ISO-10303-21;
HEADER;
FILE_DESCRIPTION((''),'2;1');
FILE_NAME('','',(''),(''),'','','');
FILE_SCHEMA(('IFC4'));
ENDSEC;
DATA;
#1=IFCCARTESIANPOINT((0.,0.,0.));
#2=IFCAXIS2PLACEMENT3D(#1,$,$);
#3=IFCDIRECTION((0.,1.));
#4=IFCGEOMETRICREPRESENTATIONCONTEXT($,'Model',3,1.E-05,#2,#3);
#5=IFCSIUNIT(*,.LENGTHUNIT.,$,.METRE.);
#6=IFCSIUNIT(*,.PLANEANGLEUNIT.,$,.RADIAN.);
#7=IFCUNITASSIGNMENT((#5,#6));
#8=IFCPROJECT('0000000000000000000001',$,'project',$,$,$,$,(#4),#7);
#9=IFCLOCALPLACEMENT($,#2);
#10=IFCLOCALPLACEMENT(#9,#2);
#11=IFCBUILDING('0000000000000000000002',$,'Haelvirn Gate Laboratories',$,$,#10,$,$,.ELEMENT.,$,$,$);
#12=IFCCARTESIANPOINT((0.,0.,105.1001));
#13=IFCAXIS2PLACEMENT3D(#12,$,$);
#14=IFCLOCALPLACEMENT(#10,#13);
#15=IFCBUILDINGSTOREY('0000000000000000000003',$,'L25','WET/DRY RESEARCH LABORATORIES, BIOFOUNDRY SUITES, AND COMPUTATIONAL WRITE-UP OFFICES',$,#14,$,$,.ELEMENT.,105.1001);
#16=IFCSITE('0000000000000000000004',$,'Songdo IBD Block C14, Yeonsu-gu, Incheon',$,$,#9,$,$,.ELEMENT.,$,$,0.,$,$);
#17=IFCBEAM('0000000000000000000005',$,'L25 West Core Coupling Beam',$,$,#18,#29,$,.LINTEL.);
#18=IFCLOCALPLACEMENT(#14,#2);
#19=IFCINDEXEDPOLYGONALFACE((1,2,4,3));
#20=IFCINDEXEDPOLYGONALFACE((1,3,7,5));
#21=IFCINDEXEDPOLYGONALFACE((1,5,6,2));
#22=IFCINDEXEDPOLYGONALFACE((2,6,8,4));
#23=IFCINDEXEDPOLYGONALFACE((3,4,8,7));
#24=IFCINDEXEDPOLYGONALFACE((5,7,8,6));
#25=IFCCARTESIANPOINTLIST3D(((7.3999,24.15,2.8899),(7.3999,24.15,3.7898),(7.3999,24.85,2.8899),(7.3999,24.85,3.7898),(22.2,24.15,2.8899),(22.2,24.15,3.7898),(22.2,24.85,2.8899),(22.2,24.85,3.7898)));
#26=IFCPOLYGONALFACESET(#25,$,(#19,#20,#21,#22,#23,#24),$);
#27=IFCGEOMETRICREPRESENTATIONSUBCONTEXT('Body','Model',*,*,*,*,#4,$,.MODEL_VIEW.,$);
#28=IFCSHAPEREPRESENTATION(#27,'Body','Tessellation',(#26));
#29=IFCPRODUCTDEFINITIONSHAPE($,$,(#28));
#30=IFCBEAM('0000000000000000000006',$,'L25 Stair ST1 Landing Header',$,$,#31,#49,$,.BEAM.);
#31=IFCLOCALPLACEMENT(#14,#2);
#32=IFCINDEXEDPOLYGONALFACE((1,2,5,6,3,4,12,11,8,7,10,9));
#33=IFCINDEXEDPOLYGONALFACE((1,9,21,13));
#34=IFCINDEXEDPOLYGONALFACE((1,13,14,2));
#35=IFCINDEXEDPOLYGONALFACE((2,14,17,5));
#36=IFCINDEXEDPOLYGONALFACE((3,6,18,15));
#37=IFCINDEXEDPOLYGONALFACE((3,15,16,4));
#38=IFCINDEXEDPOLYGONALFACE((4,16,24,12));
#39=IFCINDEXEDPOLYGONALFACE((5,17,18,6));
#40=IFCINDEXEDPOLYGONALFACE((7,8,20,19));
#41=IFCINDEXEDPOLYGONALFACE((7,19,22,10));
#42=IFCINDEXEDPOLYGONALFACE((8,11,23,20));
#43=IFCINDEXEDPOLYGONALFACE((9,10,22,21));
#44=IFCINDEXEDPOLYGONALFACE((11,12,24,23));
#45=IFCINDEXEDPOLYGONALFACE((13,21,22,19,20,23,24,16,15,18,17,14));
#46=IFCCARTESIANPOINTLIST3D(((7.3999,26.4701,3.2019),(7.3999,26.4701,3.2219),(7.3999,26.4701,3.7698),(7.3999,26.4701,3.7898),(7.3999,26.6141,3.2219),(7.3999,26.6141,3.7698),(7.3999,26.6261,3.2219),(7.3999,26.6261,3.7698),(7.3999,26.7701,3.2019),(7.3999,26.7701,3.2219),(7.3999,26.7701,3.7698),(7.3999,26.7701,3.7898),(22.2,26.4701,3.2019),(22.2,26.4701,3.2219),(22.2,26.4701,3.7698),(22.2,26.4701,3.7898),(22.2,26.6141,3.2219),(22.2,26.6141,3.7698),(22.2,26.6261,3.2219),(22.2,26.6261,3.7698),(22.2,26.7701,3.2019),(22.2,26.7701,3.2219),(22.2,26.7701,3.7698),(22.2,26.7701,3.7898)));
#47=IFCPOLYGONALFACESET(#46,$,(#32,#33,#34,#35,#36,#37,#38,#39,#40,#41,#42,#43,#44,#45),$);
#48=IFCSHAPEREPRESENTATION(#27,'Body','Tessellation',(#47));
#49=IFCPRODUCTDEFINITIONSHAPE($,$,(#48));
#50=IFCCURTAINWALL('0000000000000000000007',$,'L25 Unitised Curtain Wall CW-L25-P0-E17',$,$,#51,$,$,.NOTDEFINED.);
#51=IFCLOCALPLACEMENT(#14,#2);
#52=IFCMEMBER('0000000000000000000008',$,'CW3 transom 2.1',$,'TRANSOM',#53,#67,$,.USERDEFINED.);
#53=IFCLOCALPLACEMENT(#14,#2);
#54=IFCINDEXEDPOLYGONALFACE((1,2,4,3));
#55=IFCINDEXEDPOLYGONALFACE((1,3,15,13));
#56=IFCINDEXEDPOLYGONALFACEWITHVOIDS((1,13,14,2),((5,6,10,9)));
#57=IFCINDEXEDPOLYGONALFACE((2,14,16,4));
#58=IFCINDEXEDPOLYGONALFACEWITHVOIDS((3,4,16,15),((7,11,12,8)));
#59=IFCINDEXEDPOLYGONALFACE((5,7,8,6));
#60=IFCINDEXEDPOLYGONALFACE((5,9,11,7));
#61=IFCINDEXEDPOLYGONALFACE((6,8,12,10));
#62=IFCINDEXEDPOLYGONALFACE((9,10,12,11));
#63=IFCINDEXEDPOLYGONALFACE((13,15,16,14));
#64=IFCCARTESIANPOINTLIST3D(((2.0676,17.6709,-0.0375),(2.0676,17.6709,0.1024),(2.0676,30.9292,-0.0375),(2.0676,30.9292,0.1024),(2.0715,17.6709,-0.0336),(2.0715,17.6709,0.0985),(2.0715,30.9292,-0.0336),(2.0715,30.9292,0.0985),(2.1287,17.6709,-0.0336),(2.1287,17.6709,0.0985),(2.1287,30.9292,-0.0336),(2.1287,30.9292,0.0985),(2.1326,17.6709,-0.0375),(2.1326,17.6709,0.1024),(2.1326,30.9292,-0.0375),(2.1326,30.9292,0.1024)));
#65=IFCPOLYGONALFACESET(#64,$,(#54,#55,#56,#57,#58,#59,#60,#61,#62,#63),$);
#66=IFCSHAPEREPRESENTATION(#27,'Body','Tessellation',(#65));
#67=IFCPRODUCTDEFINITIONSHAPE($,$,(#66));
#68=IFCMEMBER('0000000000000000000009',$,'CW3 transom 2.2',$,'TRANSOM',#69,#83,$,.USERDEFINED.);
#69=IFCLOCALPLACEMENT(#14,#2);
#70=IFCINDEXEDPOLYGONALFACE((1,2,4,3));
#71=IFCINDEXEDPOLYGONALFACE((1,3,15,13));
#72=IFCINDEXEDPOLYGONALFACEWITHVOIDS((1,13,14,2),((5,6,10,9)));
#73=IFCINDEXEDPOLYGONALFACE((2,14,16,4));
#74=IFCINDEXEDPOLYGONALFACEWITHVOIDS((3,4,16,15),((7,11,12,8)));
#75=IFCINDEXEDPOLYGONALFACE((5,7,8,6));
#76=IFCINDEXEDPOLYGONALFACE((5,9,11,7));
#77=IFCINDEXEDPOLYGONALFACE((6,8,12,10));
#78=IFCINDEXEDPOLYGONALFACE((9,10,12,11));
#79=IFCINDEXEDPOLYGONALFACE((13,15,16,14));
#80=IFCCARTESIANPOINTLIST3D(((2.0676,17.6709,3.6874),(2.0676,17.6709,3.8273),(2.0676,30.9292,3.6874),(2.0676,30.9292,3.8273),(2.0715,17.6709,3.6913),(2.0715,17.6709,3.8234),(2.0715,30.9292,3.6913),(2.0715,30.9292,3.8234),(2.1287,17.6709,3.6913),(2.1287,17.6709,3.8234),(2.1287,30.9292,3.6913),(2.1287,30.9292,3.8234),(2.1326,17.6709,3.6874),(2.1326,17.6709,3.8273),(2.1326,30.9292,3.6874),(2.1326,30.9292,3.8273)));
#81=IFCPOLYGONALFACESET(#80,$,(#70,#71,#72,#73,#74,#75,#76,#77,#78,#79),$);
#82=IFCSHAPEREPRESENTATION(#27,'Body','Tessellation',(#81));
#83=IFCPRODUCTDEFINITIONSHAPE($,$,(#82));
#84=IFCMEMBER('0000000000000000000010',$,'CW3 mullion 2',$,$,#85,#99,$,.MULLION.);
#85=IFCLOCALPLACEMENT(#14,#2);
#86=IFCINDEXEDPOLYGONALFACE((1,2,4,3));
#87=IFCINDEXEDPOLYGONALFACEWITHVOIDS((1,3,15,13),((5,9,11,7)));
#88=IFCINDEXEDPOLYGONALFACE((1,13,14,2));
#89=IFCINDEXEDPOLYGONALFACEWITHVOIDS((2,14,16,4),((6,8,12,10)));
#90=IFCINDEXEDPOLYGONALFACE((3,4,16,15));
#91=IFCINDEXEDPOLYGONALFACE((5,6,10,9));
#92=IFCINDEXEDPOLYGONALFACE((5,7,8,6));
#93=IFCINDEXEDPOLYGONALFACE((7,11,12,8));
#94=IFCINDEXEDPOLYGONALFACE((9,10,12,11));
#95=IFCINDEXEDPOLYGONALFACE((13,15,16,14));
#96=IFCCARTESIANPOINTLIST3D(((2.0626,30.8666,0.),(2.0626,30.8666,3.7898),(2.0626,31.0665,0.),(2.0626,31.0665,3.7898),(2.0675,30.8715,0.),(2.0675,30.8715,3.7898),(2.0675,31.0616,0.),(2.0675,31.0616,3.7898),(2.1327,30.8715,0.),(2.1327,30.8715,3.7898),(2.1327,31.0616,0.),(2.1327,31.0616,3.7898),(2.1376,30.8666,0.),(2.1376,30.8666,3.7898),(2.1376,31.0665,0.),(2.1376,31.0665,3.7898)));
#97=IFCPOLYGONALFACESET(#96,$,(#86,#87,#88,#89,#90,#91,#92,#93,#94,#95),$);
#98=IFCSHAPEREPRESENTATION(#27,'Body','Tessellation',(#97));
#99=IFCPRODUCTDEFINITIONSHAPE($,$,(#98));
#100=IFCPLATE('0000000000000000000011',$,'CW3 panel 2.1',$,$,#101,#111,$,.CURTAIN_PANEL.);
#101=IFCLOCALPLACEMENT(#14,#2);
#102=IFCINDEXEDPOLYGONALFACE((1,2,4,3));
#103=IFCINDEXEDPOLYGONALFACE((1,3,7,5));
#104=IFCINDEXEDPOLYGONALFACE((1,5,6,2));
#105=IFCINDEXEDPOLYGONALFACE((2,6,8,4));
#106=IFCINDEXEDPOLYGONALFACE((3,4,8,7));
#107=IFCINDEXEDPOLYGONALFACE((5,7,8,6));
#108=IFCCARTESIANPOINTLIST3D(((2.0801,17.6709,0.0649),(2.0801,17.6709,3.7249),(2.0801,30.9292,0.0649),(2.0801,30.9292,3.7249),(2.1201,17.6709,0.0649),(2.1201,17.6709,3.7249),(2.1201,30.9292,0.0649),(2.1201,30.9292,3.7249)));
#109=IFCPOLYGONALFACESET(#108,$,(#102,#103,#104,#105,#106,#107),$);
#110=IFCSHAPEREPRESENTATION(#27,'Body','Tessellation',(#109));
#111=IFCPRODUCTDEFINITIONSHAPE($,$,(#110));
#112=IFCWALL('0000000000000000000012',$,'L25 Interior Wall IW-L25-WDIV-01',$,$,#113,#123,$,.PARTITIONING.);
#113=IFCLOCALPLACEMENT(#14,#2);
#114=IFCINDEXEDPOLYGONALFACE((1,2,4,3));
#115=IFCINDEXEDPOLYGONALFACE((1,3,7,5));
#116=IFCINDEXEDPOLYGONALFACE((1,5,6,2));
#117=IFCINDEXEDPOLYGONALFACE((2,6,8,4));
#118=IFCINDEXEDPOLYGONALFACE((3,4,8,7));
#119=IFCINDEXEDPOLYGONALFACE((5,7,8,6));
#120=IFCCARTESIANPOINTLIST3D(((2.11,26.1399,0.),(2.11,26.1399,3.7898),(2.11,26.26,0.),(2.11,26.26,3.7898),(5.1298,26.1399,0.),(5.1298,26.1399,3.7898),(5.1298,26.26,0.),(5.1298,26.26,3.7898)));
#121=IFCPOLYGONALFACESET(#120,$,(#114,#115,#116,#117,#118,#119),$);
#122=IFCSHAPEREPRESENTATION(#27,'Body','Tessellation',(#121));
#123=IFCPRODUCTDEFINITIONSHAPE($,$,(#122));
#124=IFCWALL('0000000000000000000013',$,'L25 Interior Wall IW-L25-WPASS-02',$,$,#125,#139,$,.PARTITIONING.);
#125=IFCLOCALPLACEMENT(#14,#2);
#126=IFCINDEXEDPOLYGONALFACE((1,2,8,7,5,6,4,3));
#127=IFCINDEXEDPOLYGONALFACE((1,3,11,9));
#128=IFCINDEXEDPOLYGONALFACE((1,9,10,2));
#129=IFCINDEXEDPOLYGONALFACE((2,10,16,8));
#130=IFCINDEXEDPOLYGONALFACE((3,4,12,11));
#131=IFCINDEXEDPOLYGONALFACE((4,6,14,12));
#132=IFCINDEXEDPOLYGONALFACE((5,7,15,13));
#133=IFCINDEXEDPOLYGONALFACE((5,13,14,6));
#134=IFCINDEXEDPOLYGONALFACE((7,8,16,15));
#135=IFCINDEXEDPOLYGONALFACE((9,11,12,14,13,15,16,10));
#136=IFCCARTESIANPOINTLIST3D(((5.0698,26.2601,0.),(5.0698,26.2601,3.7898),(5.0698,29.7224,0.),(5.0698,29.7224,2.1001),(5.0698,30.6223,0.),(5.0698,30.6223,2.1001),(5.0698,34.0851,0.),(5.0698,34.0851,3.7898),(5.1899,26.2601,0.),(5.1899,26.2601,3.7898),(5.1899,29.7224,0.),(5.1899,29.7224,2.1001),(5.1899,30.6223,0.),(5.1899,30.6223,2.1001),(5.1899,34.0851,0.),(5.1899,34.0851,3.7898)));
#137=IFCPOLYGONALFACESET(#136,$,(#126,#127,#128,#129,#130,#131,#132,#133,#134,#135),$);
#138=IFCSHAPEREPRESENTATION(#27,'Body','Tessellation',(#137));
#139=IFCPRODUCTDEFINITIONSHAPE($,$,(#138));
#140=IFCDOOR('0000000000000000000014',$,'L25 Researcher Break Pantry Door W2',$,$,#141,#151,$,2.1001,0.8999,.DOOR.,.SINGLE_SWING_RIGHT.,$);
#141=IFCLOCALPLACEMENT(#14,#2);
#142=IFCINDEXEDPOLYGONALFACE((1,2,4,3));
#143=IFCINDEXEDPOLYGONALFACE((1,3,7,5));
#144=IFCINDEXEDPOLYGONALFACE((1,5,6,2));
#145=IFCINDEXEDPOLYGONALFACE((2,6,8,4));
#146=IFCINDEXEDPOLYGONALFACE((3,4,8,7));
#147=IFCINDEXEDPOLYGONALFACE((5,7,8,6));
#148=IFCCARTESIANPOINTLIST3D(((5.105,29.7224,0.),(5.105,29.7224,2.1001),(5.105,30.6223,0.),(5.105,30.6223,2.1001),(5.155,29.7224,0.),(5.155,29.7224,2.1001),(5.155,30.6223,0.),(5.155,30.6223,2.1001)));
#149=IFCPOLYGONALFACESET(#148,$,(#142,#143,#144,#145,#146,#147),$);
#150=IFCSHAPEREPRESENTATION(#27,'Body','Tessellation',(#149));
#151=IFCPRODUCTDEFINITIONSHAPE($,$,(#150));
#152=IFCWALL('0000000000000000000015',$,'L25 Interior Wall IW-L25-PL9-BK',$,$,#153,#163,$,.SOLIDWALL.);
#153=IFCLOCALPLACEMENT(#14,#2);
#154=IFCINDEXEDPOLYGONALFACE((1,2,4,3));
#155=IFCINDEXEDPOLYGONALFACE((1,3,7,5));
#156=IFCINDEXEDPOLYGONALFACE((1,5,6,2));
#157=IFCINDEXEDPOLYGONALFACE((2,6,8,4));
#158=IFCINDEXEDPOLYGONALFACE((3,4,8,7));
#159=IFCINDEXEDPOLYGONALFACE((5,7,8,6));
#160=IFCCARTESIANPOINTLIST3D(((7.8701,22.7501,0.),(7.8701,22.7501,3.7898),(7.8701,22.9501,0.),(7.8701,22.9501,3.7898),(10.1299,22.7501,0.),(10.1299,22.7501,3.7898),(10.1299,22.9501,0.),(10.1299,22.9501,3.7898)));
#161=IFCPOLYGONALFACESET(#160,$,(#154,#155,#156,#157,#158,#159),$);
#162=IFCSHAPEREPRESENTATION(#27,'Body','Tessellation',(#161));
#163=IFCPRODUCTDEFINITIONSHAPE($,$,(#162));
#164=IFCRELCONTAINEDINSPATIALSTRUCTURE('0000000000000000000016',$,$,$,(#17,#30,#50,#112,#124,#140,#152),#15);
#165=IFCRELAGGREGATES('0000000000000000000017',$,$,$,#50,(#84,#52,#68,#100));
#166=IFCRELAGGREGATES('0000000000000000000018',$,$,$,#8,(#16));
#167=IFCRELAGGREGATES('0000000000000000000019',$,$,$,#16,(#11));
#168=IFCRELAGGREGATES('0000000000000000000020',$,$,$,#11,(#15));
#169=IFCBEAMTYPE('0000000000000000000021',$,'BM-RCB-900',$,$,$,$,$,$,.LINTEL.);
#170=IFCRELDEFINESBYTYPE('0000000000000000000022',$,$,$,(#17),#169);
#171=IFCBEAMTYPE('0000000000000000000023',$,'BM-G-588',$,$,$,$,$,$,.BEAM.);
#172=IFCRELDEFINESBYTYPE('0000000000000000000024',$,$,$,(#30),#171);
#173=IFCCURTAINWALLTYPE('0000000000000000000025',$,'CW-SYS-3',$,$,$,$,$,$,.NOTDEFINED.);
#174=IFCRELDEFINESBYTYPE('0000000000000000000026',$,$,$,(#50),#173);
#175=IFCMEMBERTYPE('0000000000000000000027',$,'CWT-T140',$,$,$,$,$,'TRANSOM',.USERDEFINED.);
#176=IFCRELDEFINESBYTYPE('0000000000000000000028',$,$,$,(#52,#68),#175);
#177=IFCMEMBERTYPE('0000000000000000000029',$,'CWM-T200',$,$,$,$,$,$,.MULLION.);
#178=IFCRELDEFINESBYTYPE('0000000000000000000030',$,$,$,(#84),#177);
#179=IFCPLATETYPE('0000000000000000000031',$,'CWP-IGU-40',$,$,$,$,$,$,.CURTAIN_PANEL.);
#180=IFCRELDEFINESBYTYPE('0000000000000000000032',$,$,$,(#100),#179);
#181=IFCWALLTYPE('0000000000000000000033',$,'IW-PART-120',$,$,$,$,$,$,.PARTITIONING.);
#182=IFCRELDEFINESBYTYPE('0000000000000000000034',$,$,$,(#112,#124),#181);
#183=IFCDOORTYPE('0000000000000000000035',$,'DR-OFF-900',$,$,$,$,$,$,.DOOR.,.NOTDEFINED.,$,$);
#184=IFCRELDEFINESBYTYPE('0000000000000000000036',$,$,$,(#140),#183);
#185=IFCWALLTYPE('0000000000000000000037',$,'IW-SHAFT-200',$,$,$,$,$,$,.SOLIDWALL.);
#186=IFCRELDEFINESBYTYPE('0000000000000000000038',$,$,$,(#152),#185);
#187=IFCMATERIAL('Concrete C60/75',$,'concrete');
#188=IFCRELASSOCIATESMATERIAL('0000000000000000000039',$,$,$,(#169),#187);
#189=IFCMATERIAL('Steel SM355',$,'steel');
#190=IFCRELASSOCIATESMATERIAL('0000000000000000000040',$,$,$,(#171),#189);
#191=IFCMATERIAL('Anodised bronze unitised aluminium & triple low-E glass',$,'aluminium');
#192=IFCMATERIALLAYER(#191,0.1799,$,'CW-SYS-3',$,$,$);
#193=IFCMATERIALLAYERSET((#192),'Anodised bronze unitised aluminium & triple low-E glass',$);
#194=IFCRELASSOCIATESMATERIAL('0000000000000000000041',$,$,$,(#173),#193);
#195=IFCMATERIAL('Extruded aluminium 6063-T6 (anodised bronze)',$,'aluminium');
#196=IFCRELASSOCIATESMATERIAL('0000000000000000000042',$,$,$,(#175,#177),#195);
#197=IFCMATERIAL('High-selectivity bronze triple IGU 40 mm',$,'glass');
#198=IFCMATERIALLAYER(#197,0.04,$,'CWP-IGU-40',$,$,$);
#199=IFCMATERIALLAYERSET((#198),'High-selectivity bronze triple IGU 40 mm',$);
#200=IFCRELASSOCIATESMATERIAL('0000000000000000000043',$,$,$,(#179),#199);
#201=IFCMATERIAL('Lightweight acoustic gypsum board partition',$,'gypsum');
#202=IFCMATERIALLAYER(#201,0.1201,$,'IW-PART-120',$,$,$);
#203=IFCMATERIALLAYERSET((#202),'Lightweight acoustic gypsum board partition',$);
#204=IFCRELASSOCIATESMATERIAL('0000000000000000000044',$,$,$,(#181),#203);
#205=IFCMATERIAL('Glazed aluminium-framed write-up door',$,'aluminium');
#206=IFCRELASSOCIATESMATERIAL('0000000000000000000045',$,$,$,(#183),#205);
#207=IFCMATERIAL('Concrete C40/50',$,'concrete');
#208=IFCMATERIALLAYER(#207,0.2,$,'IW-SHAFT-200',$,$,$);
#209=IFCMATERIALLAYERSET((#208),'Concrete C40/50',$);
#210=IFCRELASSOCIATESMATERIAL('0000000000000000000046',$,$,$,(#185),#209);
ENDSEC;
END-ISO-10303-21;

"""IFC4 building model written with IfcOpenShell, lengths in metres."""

from ifc_helpers import new_model, si_unit, direction, frame, frame_2d, origin, origin_2d, place, context, subcontext, project, spatial, rectangle, hollow_rectangle, i_section, extrude, source, transform, mapped, material, layer, layer_set, material_profile, profile_set, type_object, type_shapes, element, fill, aggregate, save


model = new_model("IFC4")

# Units and contexts
model_context = context("Model", 3, precision=1e-05, world=origin(), true_north=direction((0.0, 1.0)))
body_context = subcontext(model_context, "Body", "Model", "MODEL_VIEW")
ifc_project = project(units=[si_unit("LENGTHUNIT", "METRE"), si_unit("PLANEANGLEUNIT", "RADIAN")], contexts=[model_context])

# Site, building, storey
site_placement = place(None, origin())
site = spatial("IfcSite", under=ifc_project, at=site_placement, Name="Songdo IBD Block C14, Yeonsu-gu, Incheon", CompositionType="ELEMENT", RefElevation=0.0)
building_placement = place(site_placement, origin())
building = spatial("IfcBuilding", under=site, at=building_placement, Name="Haelvirn Gate Laboratories", CompositionType="ELEMENT")
storey_placement = place(building_placement, frame((0.0, 0.0, 105.1001)))
storey = spatial("IfcBuildingStorey", under=building, at=storey_placement, Name="L25", Description="WET/DRY RESEARCH LABORATORIES, BIOFOUNDRY SUITES, AND COMPUTATIONAL WRITE-UP OFFICES", CompositionType="ELEMENT", Elevation=105.1001)

# Beams
ifc_material_1 = material(Name="Concrete C60/75", Category="concrete")
ifc_material_profile_1 = material_profile(ifc_material_1, rectangle(XDim=0.7, YDim=0.8999, at=origin_2d()), Name="RCB-700x900")
ifc_profile_set_1 = profile_set([ifc_material_profile_1], Name="Concrete C60/75")
beam_type_1 = type_object("IfcBeamType", Name="BM-RCB-900", PredefinedType="LINTEL", material=ifc_profile_set_1)
shared_shape_1 = source(origin(), body_context, "Body", "SweptSolid", [
    extrude(rectangle(XDim=0.7, YDim=0.8999, at=origin_2d()), origin(), (0.0, 0.0, 1.0), 14.8),
])
type_shapes(beam_type_1, [shared_shape_1])
beam_1_placement = place(storey_placement, frame((7.3999, 24.5, 3.3398), z_axis=(1.0, 0.0, 0.0), x_axis=(0.0, 1.0, 0.0)))
element("IfcBeam", 1, at=beam_1_placement, inside=storey, type_object=beam_type_1, Name="L25 West Core Coupling Beam", PredefinedType="LINTEL", context=body_context, shape_type="MappedRepresentation", body=[
    mapped(shared_shape_1, transform((0.0, 0.0, 0.0), scale=1.0)),
])
ifc_material_2 = material(Name="Steel SM355", Category="steel")
ifc_material_profile_2 = material_profile(ifc_material_2, i_section(OverallWidth=0.3, OverallDepth=0.5879, WebThickness=0.012, FlangeThickness=0.02, at=origin_2d()), Name="H-588x300x12x20")
ifc_profile_set_2 = profile_set([ifc_material_profile_2], Name="Steel SM355")
beam_type_2 = type_object("IfcBeamType", Name="BM-G-588", PredefinedType="BEAM", material=ifc_profile_set_2)
shared_shape_2 = source(origin(), body_context, "Body", "SweptSolid", [
    extrude(i_section(OverallWidth=0.3, OverallDepth=0.5879, WebThickness=0.012, FlangeThickness=0.02, at=origin_2d()), origin(), (0.0, 0.0, 1.0), 14.8),
])
type_shapes(beam_type_2, [shared_shape_2])
beam_2_placement = place(storey_placement, frame((7.3999, 26.6201, 3.4958), z_axis=(1.0, 0.0, 0.0), x_axis=(0.0, 1.0, 0.0)))
element("IfcBeam", 2, at=beam_2_placement, inside=storey, type_object=beam_type_2, Name="L25 Stair ST1 Landing Header", PredefinedType="BEAM", context=body_context, shape_type="MappedRepresentation", body=[
    mapped(shared_shape_2, transform((0.0, 0.0, 0.0), scale=1.0)),
])

# Curtain wall, members, plate
ifc_material_3 = material(Name="Anodised bronze unitised aluminium & triple low-E glass", Category="aluminium")
ifc_layer_1 = layer(ifc_material_3, 0.1799, Name="CW-SYS-3")
ifc_layer_set_1 = layer_set([ifc_layer_1], Name="Anodised bronze unitised aluminium & triple low-E glass")
curtain_wall_type = type_object("IfcCurtainWallType", Name="CW-SYS-3", PredefinedType="NOTDEFINED", material=ifc_layer_set_1)
curtain_wall_placement = place(storey_placement, origin())
curtain_wall = element("IfcCurtainWall", 3, at=curtain_wall_placement, inside=storey, type_object=curtain_wall_type, Name="L25 Unitised Curtain Wall CW-L25-P0-E17", PredefinedType="NOTDEFINED")
ifc_material_4 = material(Name="Extruded aluminium 6063-T6 (anodised bronze)", Category="aluminium")
ifc_material_profile_3 = material_profile(ifc_material_4, hollow_rectangle(XDim=0.0649, YDim=0.1399, WallThickness=0.0039, at=origin_2d()), Name="CWT-140x65x4")
ifc_profile_set_3 = profile_set([ifc_material_profile_3], Name="Extruded aluminium 6063-T6 (anodised bronze)")
member_type_1 = type_object("IfcMemberType", Name="CWT-T140", ElementType="TRANSOM", PredefinedType="USERDEFINED", material=ifc_profile_set_3)
shared_shape_3 = source(origin(), body_context, "Body", "SweptSolid", [
    extrude(hollow_rectangle(XDim=0.0649, YDim=0.1399, WallThickness=0.0039, at=origin_2d()), origin(), (0.0, 0.0, 1.0), 13.2583),
])
type_shapes(member_type_1, [shared_shape_3])
member_1_placement = place(storey_placement, frame((2.1001, 30.9292, 0.0325), z_axis=(0.0, -1.0, 0.0), x_axis=(1.0, 0.0, 0.0)))
member_1 = element("IfcMember", 4, at=member_1_placement, type_object=member_type_1, Name="CW3 transom 2.1", ObjectType="TRANSOM", PredefinedType="USERDEFINED", context=body_context, shape_type="MappedRepresentation", body=[
    mapped(shared_shape_3, transform((0.0, 0.0, 0.0), scale=1.0)),
])
member_2_placement = place(storey_placement, frame((2.1001, 30.9292, 3.7573), z_axis=(0.0, -1.0, 0.0), x_axis=(1.0, 0.0, 0.0)))
member_2 = element("IfcMember", 5, at=member_2_placement, type_object=member_type_1, Name="CW3 transom 2.2", ObjectType="TRANSOM", PredefinedType="USERDEFINED", context=body_context, shape_type="MappedRepresentation", body=[
    mapped(shared_shape_3, transform((0.0, 0.0, 0.0), scale=1.0)),
])
ifc_material_profile_4 = material_profile(ifc_material_4, hollow_rectangle(XDim=0.075, YDim=0.2, WallThickness=0.0049, at=origin_2d()), Name="CWM-200x75x5")
ifc_profile_set_4 = profile_set([ifc_material_profile_4], Name="Extruded aluminium 6063-T6 (anodised bronze)")
member_type_2 = type_object("IfcMemberType", Name="CWM-T200", PredefinedType="MULLION", material=ifc_profile_set_4)
shared_shape_4 = source(origin(), body_context, "Body", "SweptSolid", [
    extrude(hollow_rectangle(XDim=0.075, YDim=0.2, WallThickness=0.0049, at=origin_2d()), origin(), (0.0, 0.0, 1.0), 3.7898),
])
type_shapes(member_type_2, [shared_shape_4])
member_3_placement = place(storey_placement, frame((2.1001, 30.9666, 0.0), z_axis=(0.0, 0.0, 1.0), x_axis=(1.0, 0.0, 0.0)))
member_3 = element("IfcMember", 6, at=member_3_placement, type_object=member_type_2, Name="CW3 mullion 2", PredefinedType="MULLION", context=body_context, shape_type="MappedRepresentation", body=[
    mapped(shared_shape_4, transform((0.0, 0.0, 0.0), scale=1.0)),
])
ifc_material_5 = material(Name="High-selectivity bronze triple IGU 40 mm", Category="glass")
ifc_layer_2 = layer(ifc_material_5, 0.04, Name="CWP-IGU-40")
ifc_layer_set_2 = layer_set([ifc_layer_2], Name="High-selectivity bronze triple IGU 40 mm")
plate_type = type_object("IfcPlateType", Name="CWP-IGU-40", PredefinedType="CURTAIN_PANEL", material=ifc_layer_set_2)
shared_shape_5 = source(origin(), body_context, "Body", "SweptSolid", [
    extrude(rectangle(XDim=13.2583, YDim=0.04, at=origin_2d()), origin(), (0.0, 0.0, 1.0), 3.6599),
])
type_shapes(plate_type, [shared_shape_5])
plate_placement = place(storey_placement, frame((2.1001, 24.3, 0.0649), z_axis=(0.0, 0.0, 1.0), x_axis=(0.0, -1.0, 0.0)))
plate = element("IfcPlate", 7, at=plate_placement, type_object=plate_type, Name="CW3 panel 2.1", PredefinedType="CURTAIN_PANEL", context=body_context, shape_type="MappedRepresentation", body=[
    mapped(shared_shape_5, transform((0.0, 0.0, 0.0), scale=1.0)),
])
aggregate(curtain_wall, [member_3, member_1, member_2, plate])

# Wall
ifc_material_6 = material(Name="Lightweight acoustic gypsum board partition", Category="gypsum")
ifc_layer_3 = layer(ifc_material_6, 0.1201, Name="IW-PART-120")
ifc_layer_set_3 = layer_set([ifc_layer_3], Name="Lightweight acoustic gypsum board partition")
wall_type_1 = type_object("IfcWallType", Name="IW-PART-120", PredefinedType="PARTITIONING", material=ifc_layer_set_3)
wall_1_placement = place(storey_placement, frame((2.1101, 26.2, 0.0), z_axis=(0.0, 0.0, 1.0), x_axis=(1.0, 0.0, 0.0)))
element("IfcWall", 8, at=wall_1_placement, inside=storey, type_object=wall_type_1, Name="L25 Interior Wall IW-L25-WDIV-01", PredefinedType="PARTITIONING", context=body_context, shape_type="SweptSolid", body=[
    extrude(rectangle(XDim=3.0198, YDim=0.1201, at=frame_2d((1.5098, 0.0))), origin(), (0.0, 0.0, 1.0), 3.7898),
])

# Wall, opening, door
wall_2_placement = place(storey_placement, frame((5.1299, 26.26, 0.0), z_axis=(0.0, 0.0, 1.0), x_axis=(0.0, 1.0, 0.0)))
wall_2 = element("IfcWall", 9, at=wall_2_placement, inside=storey, type_object=wall_type_1, Name="L25 Interior Wall IW-L25-WPASS-02", PredefinedType="PARTITIONING", context=body_context, shape_type="SweptSolid", body=[
    extrude(rectangle(XDim=7.825, YDim=0.1201, at=frame_2d((3.9126, 0.0))), origin(), (0.0, 0.0, 1.0), 3.7898),
])
opening_1_placement = place(wall_2_placement, frame((3.4624, 0.0, 0.0)))
opening_1 = element("IfcOpeningElement", 10, at=opening_1_placement, cuts=wall_2, PredefinedType="OPENING", context=body_context, shape_type="SweptSolid", body=[
    extrude(rectangle(XDim=0.8999, YDim=2.1001, at=frame_2d((0.45, 1.05))), frame((0.0, 0.0701, 0.0), z_axis=(0.0, -1.0, 0.0), x_axis=(1.0, 0.0, 0.0)), (0.0, 0.0, 1.0), 0.1401),
])
ifc_material_7 = material(Name="Glazed aluminium-framed write-up door", Category="aluminium")
door_type_1 = type_object("IfcDoorType", Name="DR-OFF-900", OperationType="NOTDEFINED", PredefinedType="DOOR", material=ifc_material_7)
shared_shape_6 = source(origin(), body_context, "Body", "SweptSolid", [
    extrude(rectangle(XDim=0.8999, YDim=2.1001, at=frame_2d((0.45, 1.05))), frame((0.0, 0.0249, 0.0), z_axis=(0.0, -1.0, 0.0), x_axis=(1.0, 0.0, 0.0)), (0.0, 0.0, 1.0), 0.05),
])
type_shapes(door_type_1, [shared_shape_6])
door_1_placement = place(opening_1_placement, origin())
door_1 = element("IfcDoor", 11, at=door_1_placement, inside=storey, type_object=door_type_1, Name="L25 Researcher Break Pantry Door W2", OperationType="SINGLE_SWING_RIGHT", OverallHeight=2.1001, OverallWidth=0.8999, PredefinedType="DOOR", context=body_context, shape_type="MappedRepresentation", body=[
    mapped(shared_shape_6, transform((0.0, 0.0, 0.0), scale=1.0)),
])
fill(opening_1, door_1)

# Wall
ifc_material_8 = material(Name="Concrete C40/50", Category="concrete")
ifc_layer_4 = layer(ifc_material_8, 0.2, Name="IW-SHAFT-200")
ifc_layer_set_4 = layer_set([ifc_layer_4], Name="Concrete C40/50")
wall_type_2 = type_object("IfcWallType", Name="IW-SHAFT-200", PredefinedType="SOLIDWALL", material=ifc_layer_set_4)
wall_3_placement = place(storey_placement, frame((7.8701, 22.8501, 0.0), z_axis=(0.0, 0.0, 1.0), x_axis=(1.0, 0.0, 0.0)))
element("IfcWall", 12, at=wall_3_placement, inside=storey, type_object=wall_type_2, Name="L25 Interior Wall IW-L25-PL9-BK", PredefinedType="SOLIDWALL", context=body_context, shape_type="SweptSolid", body=[
    extrude(rectangle(XDim=2.2598, YDim=0.2, at=frame_2d((1.1299, 0.0))), origin(), (0.0, 0.0, 1.0), 3.7898),
])

save(model, "model.ifc")
